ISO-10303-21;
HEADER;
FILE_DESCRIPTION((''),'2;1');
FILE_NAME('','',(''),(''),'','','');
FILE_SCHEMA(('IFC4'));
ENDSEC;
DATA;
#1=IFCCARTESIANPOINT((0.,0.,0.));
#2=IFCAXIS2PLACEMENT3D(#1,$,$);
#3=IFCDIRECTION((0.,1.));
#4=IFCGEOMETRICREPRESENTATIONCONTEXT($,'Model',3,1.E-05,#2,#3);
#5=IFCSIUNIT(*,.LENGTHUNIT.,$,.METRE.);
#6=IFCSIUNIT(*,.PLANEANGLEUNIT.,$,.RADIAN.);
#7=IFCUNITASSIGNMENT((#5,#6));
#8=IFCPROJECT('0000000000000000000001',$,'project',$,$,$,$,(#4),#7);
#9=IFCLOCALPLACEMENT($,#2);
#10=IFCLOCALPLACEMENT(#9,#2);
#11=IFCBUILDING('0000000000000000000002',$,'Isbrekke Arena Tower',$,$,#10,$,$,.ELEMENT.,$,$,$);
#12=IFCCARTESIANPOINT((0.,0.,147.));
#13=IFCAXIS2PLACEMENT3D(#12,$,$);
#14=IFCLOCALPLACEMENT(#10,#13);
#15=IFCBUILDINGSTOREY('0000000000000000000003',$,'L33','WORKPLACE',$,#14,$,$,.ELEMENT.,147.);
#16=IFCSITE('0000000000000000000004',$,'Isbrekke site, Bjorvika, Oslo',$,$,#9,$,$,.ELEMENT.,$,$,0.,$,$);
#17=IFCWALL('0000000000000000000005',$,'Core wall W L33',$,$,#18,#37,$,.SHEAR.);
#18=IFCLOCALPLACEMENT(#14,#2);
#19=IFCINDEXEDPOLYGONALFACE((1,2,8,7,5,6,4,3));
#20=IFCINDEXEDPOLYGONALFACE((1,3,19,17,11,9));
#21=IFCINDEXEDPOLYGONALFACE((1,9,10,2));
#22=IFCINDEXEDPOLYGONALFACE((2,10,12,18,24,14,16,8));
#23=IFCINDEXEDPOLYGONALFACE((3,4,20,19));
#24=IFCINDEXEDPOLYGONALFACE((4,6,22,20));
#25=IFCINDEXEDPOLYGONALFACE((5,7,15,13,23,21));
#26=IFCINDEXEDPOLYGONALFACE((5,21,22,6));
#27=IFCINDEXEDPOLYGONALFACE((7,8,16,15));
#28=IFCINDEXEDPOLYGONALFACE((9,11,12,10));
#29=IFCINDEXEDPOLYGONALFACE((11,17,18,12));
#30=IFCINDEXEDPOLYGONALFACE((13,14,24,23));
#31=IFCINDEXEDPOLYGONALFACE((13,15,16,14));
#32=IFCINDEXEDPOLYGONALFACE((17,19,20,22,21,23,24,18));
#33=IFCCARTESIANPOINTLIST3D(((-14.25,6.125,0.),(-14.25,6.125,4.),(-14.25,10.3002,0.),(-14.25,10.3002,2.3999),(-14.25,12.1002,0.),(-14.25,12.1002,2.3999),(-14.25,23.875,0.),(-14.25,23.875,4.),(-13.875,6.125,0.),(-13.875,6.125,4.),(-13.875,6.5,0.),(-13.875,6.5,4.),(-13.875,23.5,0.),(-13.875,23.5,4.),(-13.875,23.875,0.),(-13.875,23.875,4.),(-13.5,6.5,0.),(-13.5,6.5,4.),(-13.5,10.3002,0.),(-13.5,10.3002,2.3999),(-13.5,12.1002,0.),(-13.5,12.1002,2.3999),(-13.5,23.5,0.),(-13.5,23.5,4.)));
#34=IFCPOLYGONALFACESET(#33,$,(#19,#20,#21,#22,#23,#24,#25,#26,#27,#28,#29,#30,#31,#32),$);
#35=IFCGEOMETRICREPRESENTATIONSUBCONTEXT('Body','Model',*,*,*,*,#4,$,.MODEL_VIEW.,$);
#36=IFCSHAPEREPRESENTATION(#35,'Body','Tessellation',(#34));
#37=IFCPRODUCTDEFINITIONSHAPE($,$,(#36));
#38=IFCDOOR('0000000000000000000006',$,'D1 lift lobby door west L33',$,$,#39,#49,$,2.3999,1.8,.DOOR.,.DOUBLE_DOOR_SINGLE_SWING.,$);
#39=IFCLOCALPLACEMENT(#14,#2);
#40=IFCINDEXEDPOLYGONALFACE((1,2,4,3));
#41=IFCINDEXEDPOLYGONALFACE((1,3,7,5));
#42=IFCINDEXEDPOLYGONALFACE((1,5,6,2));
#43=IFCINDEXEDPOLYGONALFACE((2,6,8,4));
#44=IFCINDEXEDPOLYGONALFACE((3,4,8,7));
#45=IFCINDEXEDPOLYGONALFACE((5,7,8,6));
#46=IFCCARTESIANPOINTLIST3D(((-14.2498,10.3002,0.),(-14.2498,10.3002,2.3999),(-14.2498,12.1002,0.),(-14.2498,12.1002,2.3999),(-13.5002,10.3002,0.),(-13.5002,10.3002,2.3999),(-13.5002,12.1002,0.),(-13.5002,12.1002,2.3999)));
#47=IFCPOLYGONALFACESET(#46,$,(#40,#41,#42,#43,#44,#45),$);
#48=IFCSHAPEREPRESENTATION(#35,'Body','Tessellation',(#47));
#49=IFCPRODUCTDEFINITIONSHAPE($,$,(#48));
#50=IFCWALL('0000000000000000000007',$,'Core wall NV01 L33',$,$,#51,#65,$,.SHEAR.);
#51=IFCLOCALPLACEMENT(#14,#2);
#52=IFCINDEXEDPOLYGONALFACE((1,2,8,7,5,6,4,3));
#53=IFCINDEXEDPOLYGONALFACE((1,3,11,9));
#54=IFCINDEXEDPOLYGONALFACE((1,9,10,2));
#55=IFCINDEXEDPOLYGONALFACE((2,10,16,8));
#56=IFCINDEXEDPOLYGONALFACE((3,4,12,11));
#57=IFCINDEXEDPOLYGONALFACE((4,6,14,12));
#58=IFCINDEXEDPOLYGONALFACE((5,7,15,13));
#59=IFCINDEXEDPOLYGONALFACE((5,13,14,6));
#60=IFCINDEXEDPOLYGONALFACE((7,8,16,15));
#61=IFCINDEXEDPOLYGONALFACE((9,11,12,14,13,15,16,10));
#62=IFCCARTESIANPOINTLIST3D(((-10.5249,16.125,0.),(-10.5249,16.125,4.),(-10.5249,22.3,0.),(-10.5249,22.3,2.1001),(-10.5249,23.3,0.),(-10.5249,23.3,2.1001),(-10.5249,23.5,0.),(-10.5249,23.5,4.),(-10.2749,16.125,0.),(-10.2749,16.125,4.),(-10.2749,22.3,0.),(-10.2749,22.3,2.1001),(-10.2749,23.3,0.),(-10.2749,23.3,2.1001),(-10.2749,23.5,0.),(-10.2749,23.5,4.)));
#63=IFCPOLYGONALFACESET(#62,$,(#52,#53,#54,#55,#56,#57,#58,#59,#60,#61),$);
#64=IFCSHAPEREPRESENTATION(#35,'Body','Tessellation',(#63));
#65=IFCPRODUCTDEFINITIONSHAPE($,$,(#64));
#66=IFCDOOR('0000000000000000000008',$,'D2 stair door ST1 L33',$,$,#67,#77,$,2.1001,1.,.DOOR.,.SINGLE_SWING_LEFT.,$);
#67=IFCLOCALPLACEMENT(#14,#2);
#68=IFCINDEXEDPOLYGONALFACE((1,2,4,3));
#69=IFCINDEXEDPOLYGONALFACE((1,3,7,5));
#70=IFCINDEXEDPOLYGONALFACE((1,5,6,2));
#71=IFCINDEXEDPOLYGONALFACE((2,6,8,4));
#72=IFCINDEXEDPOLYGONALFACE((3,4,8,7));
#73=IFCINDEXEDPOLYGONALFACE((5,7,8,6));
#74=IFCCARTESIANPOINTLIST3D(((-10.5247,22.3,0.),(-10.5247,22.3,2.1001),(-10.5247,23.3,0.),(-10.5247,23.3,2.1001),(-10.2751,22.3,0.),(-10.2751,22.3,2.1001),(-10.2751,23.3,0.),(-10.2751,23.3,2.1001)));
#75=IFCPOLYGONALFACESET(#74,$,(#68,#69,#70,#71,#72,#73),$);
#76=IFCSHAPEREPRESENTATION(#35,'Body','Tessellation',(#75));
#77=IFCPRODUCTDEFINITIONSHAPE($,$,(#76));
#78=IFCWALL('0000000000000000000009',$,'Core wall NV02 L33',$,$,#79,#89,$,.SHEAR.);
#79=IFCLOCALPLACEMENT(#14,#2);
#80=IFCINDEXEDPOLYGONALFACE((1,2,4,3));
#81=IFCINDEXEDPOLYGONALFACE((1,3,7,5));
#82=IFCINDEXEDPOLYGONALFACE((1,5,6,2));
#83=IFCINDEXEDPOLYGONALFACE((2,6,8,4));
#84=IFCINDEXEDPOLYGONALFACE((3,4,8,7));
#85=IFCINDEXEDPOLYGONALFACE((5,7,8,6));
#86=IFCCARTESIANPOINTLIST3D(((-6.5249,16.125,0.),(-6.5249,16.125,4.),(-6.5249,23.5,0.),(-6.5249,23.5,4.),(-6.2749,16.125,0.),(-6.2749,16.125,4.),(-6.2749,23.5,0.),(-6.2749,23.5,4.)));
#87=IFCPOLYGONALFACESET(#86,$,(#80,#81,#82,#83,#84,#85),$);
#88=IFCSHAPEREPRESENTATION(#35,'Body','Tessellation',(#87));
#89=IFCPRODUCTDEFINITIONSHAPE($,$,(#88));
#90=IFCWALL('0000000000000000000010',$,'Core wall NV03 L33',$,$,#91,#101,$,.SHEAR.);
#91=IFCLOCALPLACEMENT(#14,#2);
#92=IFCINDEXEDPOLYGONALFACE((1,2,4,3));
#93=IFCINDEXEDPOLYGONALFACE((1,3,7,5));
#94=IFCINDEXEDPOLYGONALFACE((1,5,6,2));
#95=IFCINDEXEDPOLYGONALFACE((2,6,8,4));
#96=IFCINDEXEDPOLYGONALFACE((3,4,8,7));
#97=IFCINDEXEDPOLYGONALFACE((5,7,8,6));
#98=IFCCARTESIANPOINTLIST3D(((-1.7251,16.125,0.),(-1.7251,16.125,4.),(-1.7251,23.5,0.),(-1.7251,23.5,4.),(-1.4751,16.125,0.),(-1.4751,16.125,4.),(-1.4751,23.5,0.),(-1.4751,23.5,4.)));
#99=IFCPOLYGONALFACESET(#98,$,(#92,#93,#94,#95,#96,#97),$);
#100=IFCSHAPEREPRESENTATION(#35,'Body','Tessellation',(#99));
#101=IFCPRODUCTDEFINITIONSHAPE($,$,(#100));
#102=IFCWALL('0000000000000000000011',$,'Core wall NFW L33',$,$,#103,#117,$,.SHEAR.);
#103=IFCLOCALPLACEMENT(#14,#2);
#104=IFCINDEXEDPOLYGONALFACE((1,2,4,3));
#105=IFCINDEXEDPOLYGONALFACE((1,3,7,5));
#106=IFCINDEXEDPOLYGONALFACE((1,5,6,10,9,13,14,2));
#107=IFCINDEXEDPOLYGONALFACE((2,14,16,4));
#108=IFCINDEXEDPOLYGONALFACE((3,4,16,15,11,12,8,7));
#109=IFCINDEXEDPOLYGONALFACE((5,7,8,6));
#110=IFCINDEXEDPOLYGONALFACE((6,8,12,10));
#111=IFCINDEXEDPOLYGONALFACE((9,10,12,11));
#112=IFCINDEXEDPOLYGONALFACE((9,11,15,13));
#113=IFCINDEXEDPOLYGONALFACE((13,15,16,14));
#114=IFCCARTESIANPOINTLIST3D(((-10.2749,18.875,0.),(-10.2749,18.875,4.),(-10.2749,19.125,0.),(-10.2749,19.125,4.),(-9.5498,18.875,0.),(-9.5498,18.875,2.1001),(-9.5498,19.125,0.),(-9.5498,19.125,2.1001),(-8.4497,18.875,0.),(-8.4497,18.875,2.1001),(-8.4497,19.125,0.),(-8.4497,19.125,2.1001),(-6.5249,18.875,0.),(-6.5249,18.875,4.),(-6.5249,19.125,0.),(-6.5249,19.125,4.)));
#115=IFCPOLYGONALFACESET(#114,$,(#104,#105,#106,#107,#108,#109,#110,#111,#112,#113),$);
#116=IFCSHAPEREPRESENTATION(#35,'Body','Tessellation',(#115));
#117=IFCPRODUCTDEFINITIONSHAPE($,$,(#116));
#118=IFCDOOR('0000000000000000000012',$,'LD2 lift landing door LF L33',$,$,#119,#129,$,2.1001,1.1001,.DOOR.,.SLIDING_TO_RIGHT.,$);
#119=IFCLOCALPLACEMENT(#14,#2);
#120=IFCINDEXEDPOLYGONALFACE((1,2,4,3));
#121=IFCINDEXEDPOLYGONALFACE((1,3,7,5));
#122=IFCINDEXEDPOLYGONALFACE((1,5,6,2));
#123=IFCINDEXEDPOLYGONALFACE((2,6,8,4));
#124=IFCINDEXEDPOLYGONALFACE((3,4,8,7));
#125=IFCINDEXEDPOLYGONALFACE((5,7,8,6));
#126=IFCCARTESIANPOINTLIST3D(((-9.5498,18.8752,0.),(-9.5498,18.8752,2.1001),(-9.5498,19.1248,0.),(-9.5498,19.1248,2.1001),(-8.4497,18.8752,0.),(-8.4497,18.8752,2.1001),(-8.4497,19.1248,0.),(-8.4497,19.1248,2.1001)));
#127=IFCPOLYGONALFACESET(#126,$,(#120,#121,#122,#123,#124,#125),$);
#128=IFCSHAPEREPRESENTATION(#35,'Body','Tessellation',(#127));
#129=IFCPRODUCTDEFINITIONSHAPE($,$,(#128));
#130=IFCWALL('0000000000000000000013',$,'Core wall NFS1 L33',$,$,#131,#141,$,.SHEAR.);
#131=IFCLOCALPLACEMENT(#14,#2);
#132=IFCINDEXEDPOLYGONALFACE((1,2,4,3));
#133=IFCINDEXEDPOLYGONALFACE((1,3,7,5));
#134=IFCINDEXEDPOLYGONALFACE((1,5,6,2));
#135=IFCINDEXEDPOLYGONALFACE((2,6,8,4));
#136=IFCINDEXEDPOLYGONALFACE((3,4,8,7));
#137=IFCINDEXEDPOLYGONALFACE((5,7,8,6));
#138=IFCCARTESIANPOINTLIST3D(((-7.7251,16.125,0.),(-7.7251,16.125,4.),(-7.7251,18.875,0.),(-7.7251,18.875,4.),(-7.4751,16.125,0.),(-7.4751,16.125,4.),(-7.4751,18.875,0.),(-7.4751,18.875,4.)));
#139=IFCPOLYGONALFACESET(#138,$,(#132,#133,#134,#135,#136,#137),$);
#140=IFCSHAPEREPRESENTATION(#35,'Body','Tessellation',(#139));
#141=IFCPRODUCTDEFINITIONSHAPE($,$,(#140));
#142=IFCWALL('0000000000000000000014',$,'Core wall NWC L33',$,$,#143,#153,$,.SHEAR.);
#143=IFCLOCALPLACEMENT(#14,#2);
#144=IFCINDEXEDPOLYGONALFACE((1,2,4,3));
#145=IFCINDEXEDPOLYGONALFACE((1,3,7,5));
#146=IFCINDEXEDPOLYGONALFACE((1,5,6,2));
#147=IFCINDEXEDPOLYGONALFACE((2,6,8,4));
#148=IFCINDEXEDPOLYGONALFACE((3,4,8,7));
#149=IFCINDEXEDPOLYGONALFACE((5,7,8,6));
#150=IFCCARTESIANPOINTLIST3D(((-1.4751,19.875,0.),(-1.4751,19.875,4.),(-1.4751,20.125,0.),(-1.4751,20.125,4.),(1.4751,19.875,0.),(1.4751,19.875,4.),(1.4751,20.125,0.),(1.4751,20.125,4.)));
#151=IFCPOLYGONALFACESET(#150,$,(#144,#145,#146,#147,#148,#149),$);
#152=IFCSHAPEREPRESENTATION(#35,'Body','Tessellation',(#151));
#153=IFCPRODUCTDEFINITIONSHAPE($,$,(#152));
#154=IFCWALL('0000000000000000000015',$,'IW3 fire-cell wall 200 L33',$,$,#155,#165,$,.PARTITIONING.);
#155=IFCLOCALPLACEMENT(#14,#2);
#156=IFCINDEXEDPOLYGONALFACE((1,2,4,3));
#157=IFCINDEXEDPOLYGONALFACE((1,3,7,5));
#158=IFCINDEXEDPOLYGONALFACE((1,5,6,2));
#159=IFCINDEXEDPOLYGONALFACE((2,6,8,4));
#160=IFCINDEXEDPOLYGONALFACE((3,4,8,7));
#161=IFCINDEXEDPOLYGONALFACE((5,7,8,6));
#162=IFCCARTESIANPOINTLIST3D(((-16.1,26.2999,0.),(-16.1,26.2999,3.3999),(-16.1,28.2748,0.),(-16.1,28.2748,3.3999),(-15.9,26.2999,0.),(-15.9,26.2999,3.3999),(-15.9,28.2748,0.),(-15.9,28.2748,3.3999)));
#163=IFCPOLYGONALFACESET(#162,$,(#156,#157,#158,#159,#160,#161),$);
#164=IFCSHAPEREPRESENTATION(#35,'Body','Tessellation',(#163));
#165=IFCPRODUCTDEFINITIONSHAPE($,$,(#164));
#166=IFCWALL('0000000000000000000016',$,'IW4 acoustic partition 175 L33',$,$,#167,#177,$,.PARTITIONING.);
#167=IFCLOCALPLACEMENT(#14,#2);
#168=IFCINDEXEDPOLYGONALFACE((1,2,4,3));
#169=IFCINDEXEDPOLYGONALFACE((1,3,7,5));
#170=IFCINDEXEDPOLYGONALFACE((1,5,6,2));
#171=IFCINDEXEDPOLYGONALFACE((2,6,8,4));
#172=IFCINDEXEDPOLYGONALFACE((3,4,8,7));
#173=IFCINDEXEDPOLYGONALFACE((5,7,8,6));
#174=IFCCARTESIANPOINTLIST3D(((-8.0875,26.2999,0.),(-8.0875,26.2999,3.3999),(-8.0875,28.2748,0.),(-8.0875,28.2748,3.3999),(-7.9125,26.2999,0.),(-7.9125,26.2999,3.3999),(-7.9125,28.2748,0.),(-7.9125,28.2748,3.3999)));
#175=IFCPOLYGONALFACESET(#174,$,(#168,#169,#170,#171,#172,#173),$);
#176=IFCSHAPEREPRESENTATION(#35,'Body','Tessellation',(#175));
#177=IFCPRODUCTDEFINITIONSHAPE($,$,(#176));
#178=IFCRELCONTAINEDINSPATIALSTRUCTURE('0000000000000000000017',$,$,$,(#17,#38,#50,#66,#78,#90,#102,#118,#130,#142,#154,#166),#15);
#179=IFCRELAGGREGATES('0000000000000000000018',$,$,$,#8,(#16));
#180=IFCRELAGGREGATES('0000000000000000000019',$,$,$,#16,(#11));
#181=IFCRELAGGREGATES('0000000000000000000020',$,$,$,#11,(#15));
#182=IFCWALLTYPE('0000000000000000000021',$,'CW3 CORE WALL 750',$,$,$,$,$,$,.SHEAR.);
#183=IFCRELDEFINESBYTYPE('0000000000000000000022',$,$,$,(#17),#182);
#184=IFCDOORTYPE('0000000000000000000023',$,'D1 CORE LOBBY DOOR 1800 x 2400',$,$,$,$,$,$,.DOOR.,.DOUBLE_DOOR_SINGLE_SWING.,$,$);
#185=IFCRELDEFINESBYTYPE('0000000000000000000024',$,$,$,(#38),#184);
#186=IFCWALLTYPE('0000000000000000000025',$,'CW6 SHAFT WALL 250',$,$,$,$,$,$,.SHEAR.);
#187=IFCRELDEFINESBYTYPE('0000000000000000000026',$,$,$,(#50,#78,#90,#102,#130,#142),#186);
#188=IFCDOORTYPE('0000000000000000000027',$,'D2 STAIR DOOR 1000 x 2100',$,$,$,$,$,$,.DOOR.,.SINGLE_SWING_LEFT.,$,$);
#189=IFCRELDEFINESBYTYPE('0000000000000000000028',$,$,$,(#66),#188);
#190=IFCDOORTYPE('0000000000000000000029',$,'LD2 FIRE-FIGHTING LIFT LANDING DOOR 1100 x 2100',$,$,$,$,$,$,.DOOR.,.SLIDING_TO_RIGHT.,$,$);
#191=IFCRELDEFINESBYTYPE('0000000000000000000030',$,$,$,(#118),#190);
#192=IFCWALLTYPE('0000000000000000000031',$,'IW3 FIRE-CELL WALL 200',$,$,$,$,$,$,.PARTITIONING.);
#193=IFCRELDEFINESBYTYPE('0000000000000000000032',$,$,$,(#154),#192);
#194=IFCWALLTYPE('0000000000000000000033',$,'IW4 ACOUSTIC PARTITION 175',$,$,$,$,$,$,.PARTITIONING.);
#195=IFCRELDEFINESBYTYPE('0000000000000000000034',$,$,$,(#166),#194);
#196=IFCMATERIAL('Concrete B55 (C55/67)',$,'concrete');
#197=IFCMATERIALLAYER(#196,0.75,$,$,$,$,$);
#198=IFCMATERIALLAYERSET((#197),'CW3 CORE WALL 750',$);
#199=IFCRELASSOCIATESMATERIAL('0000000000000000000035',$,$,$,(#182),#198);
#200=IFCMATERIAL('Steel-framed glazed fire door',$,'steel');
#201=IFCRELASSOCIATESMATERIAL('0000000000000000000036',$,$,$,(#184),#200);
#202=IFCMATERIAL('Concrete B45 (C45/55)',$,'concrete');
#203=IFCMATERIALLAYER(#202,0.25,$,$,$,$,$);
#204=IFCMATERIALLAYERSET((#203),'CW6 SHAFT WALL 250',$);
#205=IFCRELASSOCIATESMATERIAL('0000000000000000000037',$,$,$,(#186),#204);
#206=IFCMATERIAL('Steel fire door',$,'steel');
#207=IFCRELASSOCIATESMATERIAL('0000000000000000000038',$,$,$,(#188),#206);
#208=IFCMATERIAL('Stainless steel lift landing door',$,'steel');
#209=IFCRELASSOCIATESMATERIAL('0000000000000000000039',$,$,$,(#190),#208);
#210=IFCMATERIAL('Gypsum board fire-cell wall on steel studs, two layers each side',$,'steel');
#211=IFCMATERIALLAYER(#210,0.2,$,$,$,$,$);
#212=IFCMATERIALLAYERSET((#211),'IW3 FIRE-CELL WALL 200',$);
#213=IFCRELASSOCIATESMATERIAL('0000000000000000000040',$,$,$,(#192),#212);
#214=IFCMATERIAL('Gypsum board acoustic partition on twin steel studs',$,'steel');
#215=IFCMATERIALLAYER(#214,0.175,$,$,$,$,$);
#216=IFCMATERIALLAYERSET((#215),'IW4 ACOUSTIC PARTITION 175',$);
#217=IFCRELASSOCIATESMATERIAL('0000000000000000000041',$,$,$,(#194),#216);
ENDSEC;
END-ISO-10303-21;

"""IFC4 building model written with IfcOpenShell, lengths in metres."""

from ifc_helpers import new_model, si_unit, direction, frame, frame_2d, origin, place, context, subcontext, project, spatial, polyline, rectangle, outline, extrude, material, layer, layer_set, type_object, element, fill, save


model = new_model("IFC4")

# Units and contexts
model_context = context("Model", 3, precision=1e-05, world=origin(), true_north=direction((0.0, 1.0)))
body_context = subcontext(model_context, "Body", "Model", "MODEL_VIEW")
ifc_project = project(units=[si_unit("LENGTHUNIT", "METRE"), si_unit("PLANEANGLEUNIT", "RADIAN")], contexts=[model_context])

# Site, building, storey
site_placement = place(None, origin())
site = spatial("IfcSite", under=ifc_project, at=site_placement, Name="Isbrekke site, Bjorvika, Oslo", CompositionType="ELEMENT", RefElevation=0.0)
building_placement = place(site_placement, origin())
building = spatial("IfcBuilding", under=site, at=building_placement, Name="Isbrekke Arena Tower", CompositionType="ELEMENT")
storey_placement = place(building_placement, frame((0.0, 0.0, 147.0)))
storey = spatial("IfcBuildingStorey", under=building, at=storey_placement, Name="L33", Description="WORKPLACE", CompositionType="ELEMENT", Elevation=147.0)

# Walls, openings, doors
ifc_material_1 = material(Name="Concrete B55 (C55/67)", Category="concrete")
ifc_layer_1 = layer(ifc_material_1, 0.75)
ifc_layer_set_1 = layer_set([ifc_layer_1], Name="CW3 CORE WALL 750")
wall_type_1 = type_object("IfcWallType", Name="CW3 CORE WALL 750", PredefinedType="SHEAR", material=ifc_layer_set_1)
wall_1_placement = place(storey_placement, frame((-13.875, 23.875, 0.0), z_axis=(0.0, 0.0, 1.0), x_axis=(0.0, -1.0, 0.0)))
wall_1 = element("IfcWall", 1, at=wall_1_placement, inside=storey, type_object=wall_type_1, Name="Core wall W L33", PredefinedType="SHEAR", context=body_context, shape_type="SweptSolid", body=[
    extrude(outline(polyline([(0.0, -0.375), (17.75, -0.375), (17.75, 0.0), (17.375, 0.0), (17.375, 0.375), (0.375, 0.375), (0.375, 0.0), (0.0, 0.0), (0.0, -0.375)])), origin(), (0.0, 0.0, 1.0), 4.0),
])
opening_1_placement = place(wall_1_placement, frame((11.7749, 0.0, 0.0)))
opening_1 = element("IfcOpeningElement", 2, at=opening_1_placement, cuts=wall_1, PredefinedType="OPENING", context=body_context, shape_type="SweptSolid", body=[
    extrude(rectangle(XDim=1.8, YDim=2.3999, at=frame_2d((0.8999, 1.2))), frame((0.0, 0.3899, 0.0), z_axis=(0.0, -1.0, 0.0), x_axis=(1.0, 0.0, 0.0)), (0.0, 0.0, 1.0), 0.7798),
])
ifc_material_2 = material(Name="Steel-framed glazed fire door", Category="steel")
door_type_1 = type_object("IfcDoorType", Name="D1 CORE LOBBY DOOR 1800 x 2400", OperationType="DOUBLE_DOOR_SINGLE_SWING", PredefinedType="DOOR", material=ifc_material_2)
door_1_placement = place(opening_1_placement, origin())
door_1 = element("IfcDoor", 3, at=door_1_placement, inside=storey, type_object=door_type_1, Name="D1 lift lobby door west L33", OperationType="DOUBLE_DOOR_SINGLE_SWING", OverallHeight=2.3999, OverallWidth=1.8, PredefinedType="DOOR", context=body_context, shape_type="SweptSolid", body=[
    extrude(rectangle(XDim=1.8, YDim=2.3999, at=frame_2d((0.8999, 1.2))), frame((0.0, 0.3748, 0.0), z_axis=(0.0, -1.0, 0.0), x_axis=(1.0, 0.0, 0.0)), (0.0, 0.0, 1.0), 0.7495),
])
fill(opening_1, door_1)
ifc_material_3 = material(Name="Concrete B45 (C45/55)", Category="concrete")
ifc_layer_2 = layer(ifc_material_3, 0.25)
ifc_layer_set_2 = layer_set([ifc_layer_2], Name="CW6 SHAFT WALL 250")
wall_type_2 = type_object("IfcWallType", Name="CW6 SHAFT WALL 250", PredefinedType="SHEAR", material=ifc_layer_set_2)
wall_2_placement = place(storey_placement, frame((-10.3999, 16.125, 0.0), z_axis=(0.0, 0.0, 1.0), x_axis=(0.0, 1.0, 0.0)))
wall_2 = element("IfcWall", 4, at=wall_2_placement, inside=storey, type_object=wall_type_2, Name="Core wall NV01 L33", PredefinedType="SHEAR", context=body_context, shape_type="SweptSolid", body=[
    extrude(rectangle(XDim=7.375, YDim=0.25, at=frame_2d((3.6875, 0.0))), origin(), (0.0, 0.0, 1.0), 4.0),
])
opening_2_placement = place(wall_2_placement, frame((6.175, 0.0, 0.0)))
opening_2 = element("IfcOpeningElement", 5, at=opening_2_placement, cuts=wall_2, PredefinedType="OPENING", context=body_context, shape_type="SweptSolid", body=[
    extrude(rectangle(XDim=1.0, YDim=2.1001, at=frame_2d((0.5, 1.05))), frame((0.0, 0.1399, 0.0), z_axis=(0.0, -1.0, 0.0), x_axis=(1.0, 0.0, 0.0)), (0.0, 0.0, 1.0), 0.2798),
])
ifc_material_4 = material(Name="Steel fire door", Category="steel")
door_type_2 = type_object("IfcDoorType", Name="D2 STAIR DOOR 1000 x 2100", OperationType="SINGLE_SWING_LEFT", PredefinedType="DOOR", material=ifc_material_4)
door_2_placement = place(opening_2_placement, origin())
door_2 = element("IfcDoor", 6, at=door_2_placement, inside=storey, type_object=door_type_2, Name="D2 stair door ST1 L33", OperationType="SINGLE_SWING_LEFT", OverallHeight=2.1001, OverallWidth=1.0, PredefinedType="DOOR", context=body_context, shape_type="SweptSolid", body=[
    extrude(rectangle(XDim=1.0, YDim=2.1001, at=frame_2d((0.5, 1.05))), frame((0.0, 0.1248, 0.0), z_axis=(0.0, -1.0, 0.0), x_axis=(1.0, 0.0, 0.0)), (0.0, 0.0, 1.0), 0.2495),
])
fill(opening_2, door_2)

# Walls
for number, where, z_axis, x_axis, name in (
    (7, (-6.3999, 16.125, 0.0), (0.0, 0.0, 1.0), (0.0, 1.0, 0.0), "Core wall NV02 L33"),
    (8, (-1.6001, 16.125, 0.0), (0.0, 0.0, 1.0), (0.0, 1.0, 0.0), "Core wall NV03 L33"),
):
    element("IfcWall", number, at=place(storey_placement, frame(where, z_axis=z_axis, x_axis=x_axis)), inside=storey, type_object=wall_type_2, Name=name, PredefinedType="SHEAR", context=body_context, shape_type="SweptSolid", body=[
        extrude(rectangle(XDim=7.375, YDim=0.25, at=frame_2d((3.6875, 0.0))), origin(), (0.0, 0.0, 1.0), 4.0),
    ])

# Wall, opening, door
wall_3_placement = place(storey_placement, frame((-10.2749, 19.0, 0.0), z_axis=(0.0, 0.0, 1.0), x_axis=(1.0, 0.0, 0.0)))
wall_3 = element("IfcWall", 9, at=wall_3_placement, inside=storey, type_object=wall_type_2, Name="Core wall NFW L33", PredefinedType="SHEAR", context=body_context, shape_type="SweptSolid", body=[
    extrude(rectangle(XDim=3.75, YDim=0.25, at=frame_2d((1.875, 0.0))), origin(), (0.0, 0.0, 1.0), 4.0),
])
opening_3_placement = place(wall_3_placement, frame((0.7251, 0.0, 0.0)))
opening_3 = element("IfcOpeningElement", 10, at=opening_3_placement, cuts=wall_3, PredefinedType="OPENING", context=body_context, shape_type="SweptSolid", body=[
    extrude(rectangle(XDim=1.1001, YDim=2.1001, at=frame_2d((0.55, 1.05))), frame((0.0, 0.1399, 0.0), z_axis=(0.0, -1.0, 0.0), x_axis=(1.0, 0.0, 0.0)), (0.0, 0.0, 1.0), 0.2798),
])
ifc_material_5 = material(Name="Stainless steel lift landing door", Category="steel")
door_type_3 = type_object("IfcDoorType", Name="LD2 FIRE-FIGHTING LIFT LANDING DOOR 1100 x 2100", OperationType="SLIDING_TO_RIGHT", PredefinedType="DOOR", material=ifc_material_5)
door_3_placement = place(opening_3_placement, origin())
door_3 = element("IfcDoor", 11, at=door_3_placement, inside=storey, type_object=door_type_3, Name="LD2 lift landing door LF L33", OperationType="SLIDING_TO_RIGHT", OverallHeight=2.1001, OverallWidth=1.1001, PredefinedType="DOOR", context=body_context, shape_type="SweptSolid", body=[
    extrude(rectangle(XDim=1.1001, YDim=2.1001, at=frame_2d((0.55, 1.05))), frame((0.0, 0.1248, 0.0), z_axis=(0.0, -1.0, 0.0), x_axis=(1.0, 0.0, 0.0)), (0.0, 0.0, 1.0), 0.2495),
])
fill(opening_3, door_3)

# Walls
wall_4_placement = place(storey_placement, frame((-7.6001, 16.125, 0.0), z_axis=(0.0, 0.0, 1.0), x_axis=(0.0, 1.0, 0.0)))
element("IfcWall", 12, at=wall_4_placement, inside=storey, type_object=wall_type_2, Name="Core wall NFS1 L33", PredefinedType="SHEAR", context=body_context, shape_type="SweptSolid", body=[
    extrude(rectangle(XDim=2.75, YDim=0.25, at=frame_2d((1.375, 0.0))), origin(), (0.0, 0.0, 1.0), 4.0),
])
wall_5_placement = place(storey_placement, frame((-1.4751, 20.0, 0.0), z_axis=(0.0, 0.0, 1.0), x_axis=(1.0, 0.0, 0.0)))
element("IfcWall", 13, at=wall_5_placement, inside=storey, type_object=wall_type_2, Name="Core wall NWC L33", PredefinedType="SHEAR", context=body_context, shape_type="SweptSolid", body=[
    extrude(rectangle(XDim=2.9502, YDim=0.25, at=frame_2d((1.4751, 0.0))), origin(), (0.0, 0.0, 1.0), 4.0),
])
ifc_material_6 = material(Name="Gypsum board fire-cell wall on steel studs, two layers each side", Category="steel")
ifc_layer_3 = layer(ifc_material_6, 0.2)
ifc_layer_set_3 = layer_set([ifc_layer_3], Name="IW3 FIRE-CELL WALL 200")
wall_type_3 = type_object("IfcWallType", Name="IW3 FIRE-CELL WALL 200", PredefinedType="PARTITIONING", material=ifc_layer_set_3)
wall_6_placement = place(storey_placement, frame((-16.0, 26.3, 0.0), z_axis=(0.0, 0.0, 1.0), x_axis=(0.0, 1.0, 0.0)))
element("IfcWall", 14, at=wall_6_placement, inside=storey, type_object=wall_type_3, Name="IW3 fire-cell wall 200 L33", PredefinedType="PARTITIONING", context=body_context, shape_type="SweptSolid", body=[
    extrude(rectangle(XDim=1.9749, YDim=0.2, at=frame_2d((0.9873, 0.0))), origin(), (0.0, 0.0, 1.0), 3.3999),
])
ifc_material_7 = material(Name="Gypsum board acoustic partition on twin steel studs", Category="steel")
ifc_layer_4 = layer(ifc_material_7, 0.175)
ifc_layer_set_4 = layer_set([ifc_layer_4], Name="IW4 ACOUSTIC PARTITION 175")
wall_type_4 = type_object("IfcWallType", Name="IW4 ACOUSTIC PARTITION 175", PredefinedType="PARTITIONING", material=ifc_layer_set_4)
wall_7_placement = place(storey_placement, frame((-8.0, 26.3, 0.0), z_axis=(0.0, 0.0, 1.0), x_axis=(0.0, 1.0, 0.0)))
element("IfcWall", 15, at=wall_7_placement, inside=storey, type_object=wall_type_4, Name="IW4 acoustic partition 175 L33", PredefinedType="PARTITIONING", context=body_context, shape_type="SweptSolid", body=[
    extrude(rectangle(XDim=1.9749, YDim=0.175, at=frame_2d((0.9873, 0.0))), origin(), (0.0, 0.0, 1.0), 3.3999),
])

save(model, "model.ifc")
